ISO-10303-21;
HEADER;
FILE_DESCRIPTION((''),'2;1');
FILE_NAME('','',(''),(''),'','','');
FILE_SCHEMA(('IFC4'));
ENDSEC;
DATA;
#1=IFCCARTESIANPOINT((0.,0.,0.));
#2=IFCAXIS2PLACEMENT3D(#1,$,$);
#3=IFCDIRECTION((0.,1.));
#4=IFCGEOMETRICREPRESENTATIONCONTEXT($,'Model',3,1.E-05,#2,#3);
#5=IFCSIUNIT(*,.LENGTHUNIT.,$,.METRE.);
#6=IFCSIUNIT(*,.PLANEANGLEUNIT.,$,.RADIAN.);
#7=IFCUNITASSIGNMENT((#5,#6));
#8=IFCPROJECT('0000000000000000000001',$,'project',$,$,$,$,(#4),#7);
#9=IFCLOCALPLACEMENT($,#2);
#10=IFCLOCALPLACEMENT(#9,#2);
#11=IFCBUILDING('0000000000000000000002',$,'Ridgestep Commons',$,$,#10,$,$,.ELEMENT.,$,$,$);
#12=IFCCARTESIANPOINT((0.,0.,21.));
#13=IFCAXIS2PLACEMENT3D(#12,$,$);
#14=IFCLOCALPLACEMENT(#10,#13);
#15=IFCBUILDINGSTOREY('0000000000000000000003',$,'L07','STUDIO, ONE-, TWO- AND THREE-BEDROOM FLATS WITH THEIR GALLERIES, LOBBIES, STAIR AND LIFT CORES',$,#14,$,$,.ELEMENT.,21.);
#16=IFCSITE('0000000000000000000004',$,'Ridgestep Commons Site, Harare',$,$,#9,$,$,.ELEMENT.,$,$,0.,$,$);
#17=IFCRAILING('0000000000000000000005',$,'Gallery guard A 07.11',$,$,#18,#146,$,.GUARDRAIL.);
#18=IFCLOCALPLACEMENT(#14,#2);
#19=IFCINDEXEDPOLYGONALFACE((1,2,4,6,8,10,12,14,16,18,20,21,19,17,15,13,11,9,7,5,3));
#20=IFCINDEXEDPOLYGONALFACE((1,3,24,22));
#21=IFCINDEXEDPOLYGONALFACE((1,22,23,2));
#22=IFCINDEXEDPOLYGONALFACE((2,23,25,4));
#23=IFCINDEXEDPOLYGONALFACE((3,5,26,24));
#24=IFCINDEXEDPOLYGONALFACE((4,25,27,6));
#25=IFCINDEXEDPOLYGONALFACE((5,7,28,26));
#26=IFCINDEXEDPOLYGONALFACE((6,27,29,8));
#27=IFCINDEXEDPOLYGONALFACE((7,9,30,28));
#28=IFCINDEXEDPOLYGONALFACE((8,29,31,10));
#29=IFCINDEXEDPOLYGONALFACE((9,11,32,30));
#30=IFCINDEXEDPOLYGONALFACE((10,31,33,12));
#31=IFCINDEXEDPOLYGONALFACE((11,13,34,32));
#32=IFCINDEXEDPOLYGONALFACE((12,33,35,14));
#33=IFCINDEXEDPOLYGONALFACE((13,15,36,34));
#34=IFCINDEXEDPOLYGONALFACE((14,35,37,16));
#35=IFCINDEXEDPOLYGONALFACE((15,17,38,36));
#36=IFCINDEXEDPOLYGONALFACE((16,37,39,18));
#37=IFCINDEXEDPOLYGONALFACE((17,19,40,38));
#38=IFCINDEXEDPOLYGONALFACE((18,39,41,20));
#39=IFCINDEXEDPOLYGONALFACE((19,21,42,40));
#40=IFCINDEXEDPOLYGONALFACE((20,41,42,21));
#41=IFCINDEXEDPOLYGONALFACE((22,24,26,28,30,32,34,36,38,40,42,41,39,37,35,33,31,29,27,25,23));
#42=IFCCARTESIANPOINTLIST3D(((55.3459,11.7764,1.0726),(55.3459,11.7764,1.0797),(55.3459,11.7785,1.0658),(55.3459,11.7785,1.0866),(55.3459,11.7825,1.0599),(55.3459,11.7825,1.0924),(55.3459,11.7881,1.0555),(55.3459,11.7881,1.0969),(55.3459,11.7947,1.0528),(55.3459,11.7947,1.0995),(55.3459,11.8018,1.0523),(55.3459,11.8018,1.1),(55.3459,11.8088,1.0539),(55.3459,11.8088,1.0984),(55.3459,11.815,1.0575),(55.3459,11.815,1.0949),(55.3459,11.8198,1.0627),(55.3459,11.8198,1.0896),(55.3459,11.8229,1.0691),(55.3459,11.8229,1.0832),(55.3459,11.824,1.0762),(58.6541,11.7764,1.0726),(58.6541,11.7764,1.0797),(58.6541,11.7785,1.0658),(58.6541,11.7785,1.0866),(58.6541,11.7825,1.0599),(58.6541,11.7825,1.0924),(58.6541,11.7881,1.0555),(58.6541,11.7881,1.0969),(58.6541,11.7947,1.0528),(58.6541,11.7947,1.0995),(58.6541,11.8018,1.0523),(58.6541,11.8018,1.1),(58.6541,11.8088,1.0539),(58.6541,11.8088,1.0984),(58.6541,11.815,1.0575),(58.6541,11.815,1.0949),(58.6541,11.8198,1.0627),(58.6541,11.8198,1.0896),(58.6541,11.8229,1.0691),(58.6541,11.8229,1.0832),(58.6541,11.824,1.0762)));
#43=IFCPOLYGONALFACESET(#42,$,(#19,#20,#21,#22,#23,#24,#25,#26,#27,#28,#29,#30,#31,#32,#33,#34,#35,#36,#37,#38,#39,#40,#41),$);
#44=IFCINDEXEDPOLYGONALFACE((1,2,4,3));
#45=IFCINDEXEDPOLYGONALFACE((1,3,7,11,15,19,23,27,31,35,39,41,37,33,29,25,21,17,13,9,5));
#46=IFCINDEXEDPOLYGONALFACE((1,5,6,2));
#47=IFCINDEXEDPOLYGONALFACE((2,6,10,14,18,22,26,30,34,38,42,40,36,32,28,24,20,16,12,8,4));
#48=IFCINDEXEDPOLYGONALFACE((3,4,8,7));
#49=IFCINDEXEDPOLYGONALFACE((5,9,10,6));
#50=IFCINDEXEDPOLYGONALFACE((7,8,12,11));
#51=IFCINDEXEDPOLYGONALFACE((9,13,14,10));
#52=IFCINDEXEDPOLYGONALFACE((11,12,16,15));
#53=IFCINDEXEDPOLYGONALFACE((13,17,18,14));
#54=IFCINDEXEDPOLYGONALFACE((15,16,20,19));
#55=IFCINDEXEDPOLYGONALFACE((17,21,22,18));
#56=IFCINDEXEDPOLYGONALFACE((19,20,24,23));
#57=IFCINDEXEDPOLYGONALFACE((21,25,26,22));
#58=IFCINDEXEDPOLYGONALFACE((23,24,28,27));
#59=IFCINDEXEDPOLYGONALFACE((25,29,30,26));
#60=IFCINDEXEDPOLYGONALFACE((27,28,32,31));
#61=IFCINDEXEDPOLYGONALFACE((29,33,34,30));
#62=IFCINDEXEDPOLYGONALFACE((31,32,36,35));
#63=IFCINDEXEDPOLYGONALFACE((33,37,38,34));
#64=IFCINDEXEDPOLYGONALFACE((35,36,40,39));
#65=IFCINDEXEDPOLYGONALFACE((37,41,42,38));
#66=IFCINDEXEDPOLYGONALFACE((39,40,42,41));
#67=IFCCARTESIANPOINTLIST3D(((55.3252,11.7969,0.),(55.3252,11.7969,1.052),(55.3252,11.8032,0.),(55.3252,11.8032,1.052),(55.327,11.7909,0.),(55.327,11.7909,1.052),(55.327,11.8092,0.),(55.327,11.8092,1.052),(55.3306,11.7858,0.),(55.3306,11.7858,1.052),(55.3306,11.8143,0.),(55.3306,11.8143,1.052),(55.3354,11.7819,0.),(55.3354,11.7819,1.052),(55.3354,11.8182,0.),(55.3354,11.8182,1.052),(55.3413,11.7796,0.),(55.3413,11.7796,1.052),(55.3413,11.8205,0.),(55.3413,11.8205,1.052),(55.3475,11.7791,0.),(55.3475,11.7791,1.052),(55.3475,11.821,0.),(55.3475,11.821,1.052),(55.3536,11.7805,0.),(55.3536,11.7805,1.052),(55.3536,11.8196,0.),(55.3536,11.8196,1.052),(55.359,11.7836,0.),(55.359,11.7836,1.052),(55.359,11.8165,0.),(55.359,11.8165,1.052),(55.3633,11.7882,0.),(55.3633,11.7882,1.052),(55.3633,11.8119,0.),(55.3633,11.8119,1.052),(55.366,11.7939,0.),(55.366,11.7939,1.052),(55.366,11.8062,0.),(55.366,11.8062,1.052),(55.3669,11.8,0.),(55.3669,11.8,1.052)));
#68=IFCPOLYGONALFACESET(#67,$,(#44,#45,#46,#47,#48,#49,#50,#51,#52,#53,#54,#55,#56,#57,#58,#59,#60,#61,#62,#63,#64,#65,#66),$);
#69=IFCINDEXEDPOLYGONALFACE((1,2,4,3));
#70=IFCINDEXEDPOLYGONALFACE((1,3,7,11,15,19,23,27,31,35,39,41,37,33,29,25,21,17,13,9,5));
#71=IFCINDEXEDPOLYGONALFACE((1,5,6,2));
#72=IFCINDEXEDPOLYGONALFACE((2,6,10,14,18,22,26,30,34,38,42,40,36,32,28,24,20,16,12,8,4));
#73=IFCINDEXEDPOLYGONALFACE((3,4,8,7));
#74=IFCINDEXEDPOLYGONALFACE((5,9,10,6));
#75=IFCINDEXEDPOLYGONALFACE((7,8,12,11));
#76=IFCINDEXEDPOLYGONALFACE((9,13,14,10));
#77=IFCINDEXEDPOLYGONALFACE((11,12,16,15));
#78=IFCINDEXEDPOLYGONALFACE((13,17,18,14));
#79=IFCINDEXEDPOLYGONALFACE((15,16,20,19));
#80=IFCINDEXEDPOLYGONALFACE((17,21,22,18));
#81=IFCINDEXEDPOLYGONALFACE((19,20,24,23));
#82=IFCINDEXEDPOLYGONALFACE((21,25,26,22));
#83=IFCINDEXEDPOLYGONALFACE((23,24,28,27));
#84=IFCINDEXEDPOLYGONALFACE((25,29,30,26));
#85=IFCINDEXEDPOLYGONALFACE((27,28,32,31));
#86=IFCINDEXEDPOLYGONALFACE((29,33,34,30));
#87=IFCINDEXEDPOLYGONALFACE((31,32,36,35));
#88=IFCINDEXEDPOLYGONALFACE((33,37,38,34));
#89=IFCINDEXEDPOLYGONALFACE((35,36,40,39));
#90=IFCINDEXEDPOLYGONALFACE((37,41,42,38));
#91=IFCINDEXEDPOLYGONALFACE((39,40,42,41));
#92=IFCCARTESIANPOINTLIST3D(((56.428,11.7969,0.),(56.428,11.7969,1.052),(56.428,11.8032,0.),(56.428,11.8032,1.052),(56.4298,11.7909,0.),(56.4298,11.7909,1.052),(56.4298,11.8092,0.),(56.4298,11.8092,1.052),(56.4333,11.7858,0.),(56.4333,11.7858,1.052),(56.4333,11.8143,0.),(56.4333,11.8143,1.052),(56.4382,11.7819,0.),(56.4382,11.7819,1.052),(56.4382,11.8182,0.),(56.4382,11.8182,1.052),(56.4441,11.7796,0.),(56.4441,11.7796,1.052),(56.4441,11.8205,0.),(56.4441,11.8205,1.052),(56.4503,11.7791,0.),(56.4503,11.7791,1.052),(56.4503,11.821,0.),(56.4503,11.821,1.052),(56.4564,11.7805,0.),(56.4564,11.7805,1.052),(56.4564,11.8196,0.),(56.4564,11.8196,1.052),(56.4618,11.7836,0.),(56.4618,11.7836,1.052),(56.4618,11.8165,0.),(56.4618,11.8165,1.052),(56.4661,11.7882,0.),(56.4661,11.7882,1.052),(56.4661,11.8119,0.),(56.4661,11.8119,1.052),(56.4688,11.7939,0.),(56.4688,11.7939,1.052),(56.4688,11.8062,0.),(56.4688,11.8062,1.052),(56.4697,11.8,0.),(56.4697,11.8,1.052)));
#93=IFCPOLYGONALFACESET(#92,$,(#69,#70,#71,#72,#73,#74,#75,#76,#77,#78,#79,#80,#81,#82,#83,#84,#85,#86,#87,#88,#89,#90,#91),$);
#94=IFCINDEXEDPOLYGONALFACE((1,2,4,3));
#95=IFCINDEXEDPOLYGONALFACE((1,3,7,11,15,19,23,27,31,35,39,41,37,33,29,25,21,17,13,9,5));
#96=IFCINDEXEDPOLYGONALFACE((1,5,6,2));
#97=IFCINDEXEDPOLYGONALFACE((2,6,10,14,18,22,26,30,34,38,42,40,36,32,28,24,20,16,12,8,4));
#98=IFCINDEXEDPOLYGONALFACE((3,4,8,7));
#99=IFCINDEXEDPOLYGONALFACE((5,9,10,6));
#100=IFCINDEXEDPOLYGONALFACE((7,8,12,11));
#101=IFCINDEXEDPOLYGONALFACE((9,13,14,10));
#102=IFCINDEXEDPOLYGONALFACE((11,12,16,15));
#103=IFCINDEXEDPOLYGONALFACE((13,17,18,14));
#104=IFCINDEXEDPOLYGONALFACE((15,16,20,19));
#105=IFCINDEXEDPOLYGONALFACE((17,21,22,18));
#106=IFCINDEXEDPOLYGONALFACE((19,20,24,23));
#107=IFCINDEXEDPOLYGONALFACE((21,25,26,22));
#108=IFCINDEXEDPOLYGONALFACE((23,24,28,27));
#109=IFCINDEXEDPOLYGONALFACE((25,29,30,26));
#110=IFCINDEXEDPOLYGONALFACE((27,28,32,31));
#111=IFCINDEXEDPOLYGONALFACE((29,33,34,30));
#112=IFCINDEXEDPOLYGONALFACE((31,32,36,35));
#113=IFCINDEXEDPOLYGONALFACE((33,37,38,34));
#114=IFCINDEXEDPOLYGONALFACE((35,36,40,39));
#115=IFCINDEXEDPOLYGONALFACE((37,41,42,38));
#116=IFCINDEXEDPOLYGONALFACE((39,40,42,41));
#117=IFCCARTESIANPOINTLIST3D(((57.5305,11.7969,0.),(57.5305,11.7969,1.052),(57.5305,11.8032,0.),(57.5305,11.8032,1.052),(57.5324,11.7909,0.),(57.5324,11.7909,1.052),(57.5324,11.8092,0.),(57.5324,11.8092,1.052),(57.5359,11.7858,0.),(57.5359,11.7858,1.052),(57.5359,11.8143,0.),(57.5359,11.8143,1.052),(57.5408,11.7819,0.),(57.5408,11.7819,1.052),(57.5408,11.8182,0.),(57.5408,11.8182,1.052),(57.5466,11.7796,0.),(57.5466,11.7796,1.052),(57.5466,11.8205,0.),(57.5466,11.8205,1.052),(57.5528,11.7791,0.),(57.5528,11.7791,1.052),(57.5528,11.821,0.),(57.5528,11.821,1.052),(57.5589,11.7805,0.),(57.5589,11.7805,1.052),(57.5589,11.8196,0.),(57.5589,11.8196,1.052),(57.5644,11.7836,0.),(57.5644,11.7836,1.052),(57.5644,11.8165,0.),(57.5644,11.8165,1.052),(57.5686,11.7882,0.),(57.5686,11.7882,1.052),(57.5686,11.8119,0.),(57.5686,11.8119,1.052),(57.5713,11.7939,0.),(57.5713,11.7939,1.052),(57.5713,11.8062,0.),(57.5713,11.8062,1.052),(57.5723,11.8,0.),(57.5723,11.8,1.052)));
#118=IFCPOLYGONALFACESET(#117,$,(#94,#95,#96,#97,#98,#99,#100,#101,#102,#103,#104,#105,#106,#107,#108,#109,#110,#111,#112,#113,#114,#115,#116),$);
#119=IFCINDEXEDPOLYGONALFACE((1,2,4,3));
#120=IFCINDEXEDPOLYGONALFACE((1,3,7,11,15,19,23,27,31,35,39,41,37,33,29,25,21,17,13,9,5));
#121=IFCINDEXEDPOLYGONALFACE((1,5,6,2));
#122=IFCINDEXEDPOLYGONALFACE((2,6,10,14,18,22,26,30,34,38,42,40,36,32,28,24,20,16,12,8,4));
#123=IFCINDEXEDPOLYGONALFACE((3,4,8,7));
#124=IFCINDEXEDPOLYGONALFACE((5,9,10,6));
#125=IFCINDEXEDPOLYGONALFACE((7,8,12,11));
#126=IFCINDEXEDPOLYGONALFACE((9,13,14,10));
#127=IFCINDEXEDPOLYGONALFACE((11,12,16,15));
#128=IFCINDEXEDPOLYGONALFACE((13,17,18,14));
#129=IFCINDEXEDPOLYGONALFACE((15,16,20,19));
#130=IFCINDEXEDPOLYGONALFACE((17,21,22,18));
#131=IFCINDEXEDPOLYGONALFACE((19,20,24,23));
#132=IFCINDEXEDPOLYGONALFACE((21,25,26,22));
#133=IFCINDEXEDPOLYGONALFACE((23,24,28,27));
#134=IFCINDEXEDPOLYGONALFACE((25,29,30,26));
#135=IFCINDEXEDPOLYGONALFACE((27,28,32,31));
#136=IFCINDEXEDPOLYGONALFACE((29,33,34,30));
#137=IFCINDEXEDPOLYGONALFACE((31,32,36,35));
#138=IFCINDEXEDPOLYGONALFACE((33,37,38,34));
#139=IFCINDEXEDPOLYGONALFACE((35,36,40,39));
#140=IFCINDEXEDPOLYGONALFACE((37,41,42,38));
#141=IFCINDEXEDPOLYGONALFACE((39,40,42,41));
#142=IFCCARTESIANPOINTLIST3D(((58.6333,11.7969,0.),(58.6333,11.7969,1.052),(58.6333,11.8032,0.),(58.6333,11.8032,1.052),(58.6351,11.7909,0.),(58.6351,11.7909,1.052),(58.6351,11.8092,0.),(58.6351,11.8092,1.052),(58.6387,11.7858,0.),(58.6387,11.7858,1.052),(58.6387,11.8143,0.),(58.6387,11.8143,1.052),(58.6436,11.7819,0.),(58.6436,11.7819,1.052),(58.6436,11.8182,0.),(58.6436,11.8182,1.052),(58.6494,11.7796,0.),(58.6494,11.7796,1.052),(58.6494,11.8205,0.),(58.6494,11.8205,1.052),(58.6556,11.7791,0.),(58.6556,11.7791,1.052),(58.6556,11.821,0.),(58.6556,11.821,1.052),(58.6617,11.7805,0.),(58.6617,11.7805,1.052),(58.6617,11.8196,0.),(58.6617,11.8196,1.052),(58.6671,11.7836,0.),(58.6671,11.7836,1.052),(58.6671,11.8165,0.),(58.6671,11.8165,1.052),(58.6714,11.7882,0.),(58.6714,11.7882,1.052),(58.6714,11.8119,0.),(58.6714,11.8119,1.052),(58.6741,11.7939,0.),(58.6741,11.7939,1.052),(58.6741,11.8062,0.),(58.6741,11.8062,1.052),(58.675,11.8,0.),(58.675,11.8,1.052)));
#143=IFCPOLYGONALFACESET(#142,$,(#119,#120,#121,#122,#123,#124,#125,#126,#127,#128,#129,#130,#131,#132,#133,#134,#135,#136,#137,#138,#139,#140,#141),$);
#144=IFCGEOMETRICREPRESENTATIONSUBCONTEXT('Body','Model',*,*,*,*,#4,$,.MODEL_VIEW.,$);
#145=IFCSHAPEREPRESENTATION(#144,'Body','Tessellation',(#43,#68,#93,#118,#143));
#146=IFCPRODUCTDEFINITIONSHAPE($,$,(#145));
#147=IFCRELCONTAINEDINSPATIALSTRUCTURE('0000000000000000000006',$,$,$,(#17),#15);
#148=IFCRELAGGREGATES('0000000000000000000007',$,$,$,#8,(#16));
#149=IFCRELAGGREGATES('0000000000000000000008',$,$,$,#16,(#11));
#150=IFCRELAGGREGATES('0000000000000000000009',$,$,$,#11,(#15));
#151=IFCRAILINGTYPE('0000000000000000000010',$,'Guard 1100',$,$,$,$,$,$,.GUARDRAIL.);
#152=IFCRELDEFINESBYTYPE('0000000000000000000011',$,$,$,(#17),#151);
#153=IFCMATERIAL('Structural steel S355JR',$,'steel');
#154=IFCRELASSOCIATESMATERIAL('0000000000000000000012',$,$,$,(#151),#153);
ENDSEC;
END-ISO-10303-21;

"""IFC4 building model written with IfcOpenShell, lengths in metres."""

from ifc_helpers import new_model, si_unit, direction, frame, origin, origin_2d, place, context, subcontext, project, spatial, circle, extrude, material, type_object, element, save


model = new_model("IFC4")

# Units and contexts
model_context = context("Model", 3, precision=1e-05, world=origin(), true_north=direction((0.0, 1.0)))
body_context = subcontext(model_context, "Body", "Model", "MODEL_VIEW")
ifc_project = project(units=[si_unit("LENGTHUNIT", "METRE"), si_unit("PLANEANGLEUNIT", "RADIAN")], contexts=[model_context])

# Site, building, storey
site_placement = place(None, origin())
site = spatial("IfcSite", under=ifc_project, at=site_placement, Name="Ridgestep Commons Site, Harare", CompositionType="ELEMENT", RefElevation=0.0)
building_placement = place(site_placement, origin())
building = spatial("IfcBuilding", under=site, at=building_placement, Name="Ridgestep Commons", CompositionType="ELEMENT")
storey_placement = place(building_placement, frame((0.0, 0.0, 21.0)))
storey = spatial("IfcBuildingStorey", under=building, at=storey_placement, Name="L07", Description="STUDIO, ONE-, TWO- AND THREE-BEDROOM FLATS WITH THEIR GALLERIES, LOBBIES, STAIR AND LIFT CORES", CompositionType="ELEMENT", Elevation=21.0)

# Railing
ifc_material_1 = material(Name="Structural steel S355JR", Category="steel")
railing_type = type_object("IfcRailingType", Name="Guard 1100", PredefinedType="GUARDRAIL", material=ifc_material_1)
railing_1_placement = place(storey_placement, frame((55.3459, 11.8, 0.0)))
element("IfcRailing", 1, at=railing_1_placement, inside=storey, type_object=railing_type, Name="Gallery guard A 07.11", PredefinedType="GUARDRAIL", context=body_context, shape_type="SweptSolid", body=[
    extrude(circle(Radius=0.0239, at=origin_2d()), frame((0.0, 0.0, 1.0762), z_axis=(1.0, 0.0, 0.0), x_axis=(0.0, 1.0, 0.0)), (0.0, 0.0, 1.0), 3.3081),
    extrude(circle(Radius=0.021, at=origin_2d()), origin(), (0.0, 0.0, 1.0), 1.052),
    extrude(circle(Radius=0.021, at=origin_2d()), frame((1.1028, 0.0, 0.0)), (0.0, 0.0, 1.0), 1.052),
    extrude(circle(Radius=0.021, at=origin_2d()), frame((2.2053, 0.0, 0.0)), (0.0, 0.0, 1.0), 1.052),
    extrude(circle(Radius=0.021, at=origin_2d()), frame((3.3081, 0.0, 0.0)), (0.0, 0.0, 1.0), 1.052),
])

save(model, "model.ifc")
